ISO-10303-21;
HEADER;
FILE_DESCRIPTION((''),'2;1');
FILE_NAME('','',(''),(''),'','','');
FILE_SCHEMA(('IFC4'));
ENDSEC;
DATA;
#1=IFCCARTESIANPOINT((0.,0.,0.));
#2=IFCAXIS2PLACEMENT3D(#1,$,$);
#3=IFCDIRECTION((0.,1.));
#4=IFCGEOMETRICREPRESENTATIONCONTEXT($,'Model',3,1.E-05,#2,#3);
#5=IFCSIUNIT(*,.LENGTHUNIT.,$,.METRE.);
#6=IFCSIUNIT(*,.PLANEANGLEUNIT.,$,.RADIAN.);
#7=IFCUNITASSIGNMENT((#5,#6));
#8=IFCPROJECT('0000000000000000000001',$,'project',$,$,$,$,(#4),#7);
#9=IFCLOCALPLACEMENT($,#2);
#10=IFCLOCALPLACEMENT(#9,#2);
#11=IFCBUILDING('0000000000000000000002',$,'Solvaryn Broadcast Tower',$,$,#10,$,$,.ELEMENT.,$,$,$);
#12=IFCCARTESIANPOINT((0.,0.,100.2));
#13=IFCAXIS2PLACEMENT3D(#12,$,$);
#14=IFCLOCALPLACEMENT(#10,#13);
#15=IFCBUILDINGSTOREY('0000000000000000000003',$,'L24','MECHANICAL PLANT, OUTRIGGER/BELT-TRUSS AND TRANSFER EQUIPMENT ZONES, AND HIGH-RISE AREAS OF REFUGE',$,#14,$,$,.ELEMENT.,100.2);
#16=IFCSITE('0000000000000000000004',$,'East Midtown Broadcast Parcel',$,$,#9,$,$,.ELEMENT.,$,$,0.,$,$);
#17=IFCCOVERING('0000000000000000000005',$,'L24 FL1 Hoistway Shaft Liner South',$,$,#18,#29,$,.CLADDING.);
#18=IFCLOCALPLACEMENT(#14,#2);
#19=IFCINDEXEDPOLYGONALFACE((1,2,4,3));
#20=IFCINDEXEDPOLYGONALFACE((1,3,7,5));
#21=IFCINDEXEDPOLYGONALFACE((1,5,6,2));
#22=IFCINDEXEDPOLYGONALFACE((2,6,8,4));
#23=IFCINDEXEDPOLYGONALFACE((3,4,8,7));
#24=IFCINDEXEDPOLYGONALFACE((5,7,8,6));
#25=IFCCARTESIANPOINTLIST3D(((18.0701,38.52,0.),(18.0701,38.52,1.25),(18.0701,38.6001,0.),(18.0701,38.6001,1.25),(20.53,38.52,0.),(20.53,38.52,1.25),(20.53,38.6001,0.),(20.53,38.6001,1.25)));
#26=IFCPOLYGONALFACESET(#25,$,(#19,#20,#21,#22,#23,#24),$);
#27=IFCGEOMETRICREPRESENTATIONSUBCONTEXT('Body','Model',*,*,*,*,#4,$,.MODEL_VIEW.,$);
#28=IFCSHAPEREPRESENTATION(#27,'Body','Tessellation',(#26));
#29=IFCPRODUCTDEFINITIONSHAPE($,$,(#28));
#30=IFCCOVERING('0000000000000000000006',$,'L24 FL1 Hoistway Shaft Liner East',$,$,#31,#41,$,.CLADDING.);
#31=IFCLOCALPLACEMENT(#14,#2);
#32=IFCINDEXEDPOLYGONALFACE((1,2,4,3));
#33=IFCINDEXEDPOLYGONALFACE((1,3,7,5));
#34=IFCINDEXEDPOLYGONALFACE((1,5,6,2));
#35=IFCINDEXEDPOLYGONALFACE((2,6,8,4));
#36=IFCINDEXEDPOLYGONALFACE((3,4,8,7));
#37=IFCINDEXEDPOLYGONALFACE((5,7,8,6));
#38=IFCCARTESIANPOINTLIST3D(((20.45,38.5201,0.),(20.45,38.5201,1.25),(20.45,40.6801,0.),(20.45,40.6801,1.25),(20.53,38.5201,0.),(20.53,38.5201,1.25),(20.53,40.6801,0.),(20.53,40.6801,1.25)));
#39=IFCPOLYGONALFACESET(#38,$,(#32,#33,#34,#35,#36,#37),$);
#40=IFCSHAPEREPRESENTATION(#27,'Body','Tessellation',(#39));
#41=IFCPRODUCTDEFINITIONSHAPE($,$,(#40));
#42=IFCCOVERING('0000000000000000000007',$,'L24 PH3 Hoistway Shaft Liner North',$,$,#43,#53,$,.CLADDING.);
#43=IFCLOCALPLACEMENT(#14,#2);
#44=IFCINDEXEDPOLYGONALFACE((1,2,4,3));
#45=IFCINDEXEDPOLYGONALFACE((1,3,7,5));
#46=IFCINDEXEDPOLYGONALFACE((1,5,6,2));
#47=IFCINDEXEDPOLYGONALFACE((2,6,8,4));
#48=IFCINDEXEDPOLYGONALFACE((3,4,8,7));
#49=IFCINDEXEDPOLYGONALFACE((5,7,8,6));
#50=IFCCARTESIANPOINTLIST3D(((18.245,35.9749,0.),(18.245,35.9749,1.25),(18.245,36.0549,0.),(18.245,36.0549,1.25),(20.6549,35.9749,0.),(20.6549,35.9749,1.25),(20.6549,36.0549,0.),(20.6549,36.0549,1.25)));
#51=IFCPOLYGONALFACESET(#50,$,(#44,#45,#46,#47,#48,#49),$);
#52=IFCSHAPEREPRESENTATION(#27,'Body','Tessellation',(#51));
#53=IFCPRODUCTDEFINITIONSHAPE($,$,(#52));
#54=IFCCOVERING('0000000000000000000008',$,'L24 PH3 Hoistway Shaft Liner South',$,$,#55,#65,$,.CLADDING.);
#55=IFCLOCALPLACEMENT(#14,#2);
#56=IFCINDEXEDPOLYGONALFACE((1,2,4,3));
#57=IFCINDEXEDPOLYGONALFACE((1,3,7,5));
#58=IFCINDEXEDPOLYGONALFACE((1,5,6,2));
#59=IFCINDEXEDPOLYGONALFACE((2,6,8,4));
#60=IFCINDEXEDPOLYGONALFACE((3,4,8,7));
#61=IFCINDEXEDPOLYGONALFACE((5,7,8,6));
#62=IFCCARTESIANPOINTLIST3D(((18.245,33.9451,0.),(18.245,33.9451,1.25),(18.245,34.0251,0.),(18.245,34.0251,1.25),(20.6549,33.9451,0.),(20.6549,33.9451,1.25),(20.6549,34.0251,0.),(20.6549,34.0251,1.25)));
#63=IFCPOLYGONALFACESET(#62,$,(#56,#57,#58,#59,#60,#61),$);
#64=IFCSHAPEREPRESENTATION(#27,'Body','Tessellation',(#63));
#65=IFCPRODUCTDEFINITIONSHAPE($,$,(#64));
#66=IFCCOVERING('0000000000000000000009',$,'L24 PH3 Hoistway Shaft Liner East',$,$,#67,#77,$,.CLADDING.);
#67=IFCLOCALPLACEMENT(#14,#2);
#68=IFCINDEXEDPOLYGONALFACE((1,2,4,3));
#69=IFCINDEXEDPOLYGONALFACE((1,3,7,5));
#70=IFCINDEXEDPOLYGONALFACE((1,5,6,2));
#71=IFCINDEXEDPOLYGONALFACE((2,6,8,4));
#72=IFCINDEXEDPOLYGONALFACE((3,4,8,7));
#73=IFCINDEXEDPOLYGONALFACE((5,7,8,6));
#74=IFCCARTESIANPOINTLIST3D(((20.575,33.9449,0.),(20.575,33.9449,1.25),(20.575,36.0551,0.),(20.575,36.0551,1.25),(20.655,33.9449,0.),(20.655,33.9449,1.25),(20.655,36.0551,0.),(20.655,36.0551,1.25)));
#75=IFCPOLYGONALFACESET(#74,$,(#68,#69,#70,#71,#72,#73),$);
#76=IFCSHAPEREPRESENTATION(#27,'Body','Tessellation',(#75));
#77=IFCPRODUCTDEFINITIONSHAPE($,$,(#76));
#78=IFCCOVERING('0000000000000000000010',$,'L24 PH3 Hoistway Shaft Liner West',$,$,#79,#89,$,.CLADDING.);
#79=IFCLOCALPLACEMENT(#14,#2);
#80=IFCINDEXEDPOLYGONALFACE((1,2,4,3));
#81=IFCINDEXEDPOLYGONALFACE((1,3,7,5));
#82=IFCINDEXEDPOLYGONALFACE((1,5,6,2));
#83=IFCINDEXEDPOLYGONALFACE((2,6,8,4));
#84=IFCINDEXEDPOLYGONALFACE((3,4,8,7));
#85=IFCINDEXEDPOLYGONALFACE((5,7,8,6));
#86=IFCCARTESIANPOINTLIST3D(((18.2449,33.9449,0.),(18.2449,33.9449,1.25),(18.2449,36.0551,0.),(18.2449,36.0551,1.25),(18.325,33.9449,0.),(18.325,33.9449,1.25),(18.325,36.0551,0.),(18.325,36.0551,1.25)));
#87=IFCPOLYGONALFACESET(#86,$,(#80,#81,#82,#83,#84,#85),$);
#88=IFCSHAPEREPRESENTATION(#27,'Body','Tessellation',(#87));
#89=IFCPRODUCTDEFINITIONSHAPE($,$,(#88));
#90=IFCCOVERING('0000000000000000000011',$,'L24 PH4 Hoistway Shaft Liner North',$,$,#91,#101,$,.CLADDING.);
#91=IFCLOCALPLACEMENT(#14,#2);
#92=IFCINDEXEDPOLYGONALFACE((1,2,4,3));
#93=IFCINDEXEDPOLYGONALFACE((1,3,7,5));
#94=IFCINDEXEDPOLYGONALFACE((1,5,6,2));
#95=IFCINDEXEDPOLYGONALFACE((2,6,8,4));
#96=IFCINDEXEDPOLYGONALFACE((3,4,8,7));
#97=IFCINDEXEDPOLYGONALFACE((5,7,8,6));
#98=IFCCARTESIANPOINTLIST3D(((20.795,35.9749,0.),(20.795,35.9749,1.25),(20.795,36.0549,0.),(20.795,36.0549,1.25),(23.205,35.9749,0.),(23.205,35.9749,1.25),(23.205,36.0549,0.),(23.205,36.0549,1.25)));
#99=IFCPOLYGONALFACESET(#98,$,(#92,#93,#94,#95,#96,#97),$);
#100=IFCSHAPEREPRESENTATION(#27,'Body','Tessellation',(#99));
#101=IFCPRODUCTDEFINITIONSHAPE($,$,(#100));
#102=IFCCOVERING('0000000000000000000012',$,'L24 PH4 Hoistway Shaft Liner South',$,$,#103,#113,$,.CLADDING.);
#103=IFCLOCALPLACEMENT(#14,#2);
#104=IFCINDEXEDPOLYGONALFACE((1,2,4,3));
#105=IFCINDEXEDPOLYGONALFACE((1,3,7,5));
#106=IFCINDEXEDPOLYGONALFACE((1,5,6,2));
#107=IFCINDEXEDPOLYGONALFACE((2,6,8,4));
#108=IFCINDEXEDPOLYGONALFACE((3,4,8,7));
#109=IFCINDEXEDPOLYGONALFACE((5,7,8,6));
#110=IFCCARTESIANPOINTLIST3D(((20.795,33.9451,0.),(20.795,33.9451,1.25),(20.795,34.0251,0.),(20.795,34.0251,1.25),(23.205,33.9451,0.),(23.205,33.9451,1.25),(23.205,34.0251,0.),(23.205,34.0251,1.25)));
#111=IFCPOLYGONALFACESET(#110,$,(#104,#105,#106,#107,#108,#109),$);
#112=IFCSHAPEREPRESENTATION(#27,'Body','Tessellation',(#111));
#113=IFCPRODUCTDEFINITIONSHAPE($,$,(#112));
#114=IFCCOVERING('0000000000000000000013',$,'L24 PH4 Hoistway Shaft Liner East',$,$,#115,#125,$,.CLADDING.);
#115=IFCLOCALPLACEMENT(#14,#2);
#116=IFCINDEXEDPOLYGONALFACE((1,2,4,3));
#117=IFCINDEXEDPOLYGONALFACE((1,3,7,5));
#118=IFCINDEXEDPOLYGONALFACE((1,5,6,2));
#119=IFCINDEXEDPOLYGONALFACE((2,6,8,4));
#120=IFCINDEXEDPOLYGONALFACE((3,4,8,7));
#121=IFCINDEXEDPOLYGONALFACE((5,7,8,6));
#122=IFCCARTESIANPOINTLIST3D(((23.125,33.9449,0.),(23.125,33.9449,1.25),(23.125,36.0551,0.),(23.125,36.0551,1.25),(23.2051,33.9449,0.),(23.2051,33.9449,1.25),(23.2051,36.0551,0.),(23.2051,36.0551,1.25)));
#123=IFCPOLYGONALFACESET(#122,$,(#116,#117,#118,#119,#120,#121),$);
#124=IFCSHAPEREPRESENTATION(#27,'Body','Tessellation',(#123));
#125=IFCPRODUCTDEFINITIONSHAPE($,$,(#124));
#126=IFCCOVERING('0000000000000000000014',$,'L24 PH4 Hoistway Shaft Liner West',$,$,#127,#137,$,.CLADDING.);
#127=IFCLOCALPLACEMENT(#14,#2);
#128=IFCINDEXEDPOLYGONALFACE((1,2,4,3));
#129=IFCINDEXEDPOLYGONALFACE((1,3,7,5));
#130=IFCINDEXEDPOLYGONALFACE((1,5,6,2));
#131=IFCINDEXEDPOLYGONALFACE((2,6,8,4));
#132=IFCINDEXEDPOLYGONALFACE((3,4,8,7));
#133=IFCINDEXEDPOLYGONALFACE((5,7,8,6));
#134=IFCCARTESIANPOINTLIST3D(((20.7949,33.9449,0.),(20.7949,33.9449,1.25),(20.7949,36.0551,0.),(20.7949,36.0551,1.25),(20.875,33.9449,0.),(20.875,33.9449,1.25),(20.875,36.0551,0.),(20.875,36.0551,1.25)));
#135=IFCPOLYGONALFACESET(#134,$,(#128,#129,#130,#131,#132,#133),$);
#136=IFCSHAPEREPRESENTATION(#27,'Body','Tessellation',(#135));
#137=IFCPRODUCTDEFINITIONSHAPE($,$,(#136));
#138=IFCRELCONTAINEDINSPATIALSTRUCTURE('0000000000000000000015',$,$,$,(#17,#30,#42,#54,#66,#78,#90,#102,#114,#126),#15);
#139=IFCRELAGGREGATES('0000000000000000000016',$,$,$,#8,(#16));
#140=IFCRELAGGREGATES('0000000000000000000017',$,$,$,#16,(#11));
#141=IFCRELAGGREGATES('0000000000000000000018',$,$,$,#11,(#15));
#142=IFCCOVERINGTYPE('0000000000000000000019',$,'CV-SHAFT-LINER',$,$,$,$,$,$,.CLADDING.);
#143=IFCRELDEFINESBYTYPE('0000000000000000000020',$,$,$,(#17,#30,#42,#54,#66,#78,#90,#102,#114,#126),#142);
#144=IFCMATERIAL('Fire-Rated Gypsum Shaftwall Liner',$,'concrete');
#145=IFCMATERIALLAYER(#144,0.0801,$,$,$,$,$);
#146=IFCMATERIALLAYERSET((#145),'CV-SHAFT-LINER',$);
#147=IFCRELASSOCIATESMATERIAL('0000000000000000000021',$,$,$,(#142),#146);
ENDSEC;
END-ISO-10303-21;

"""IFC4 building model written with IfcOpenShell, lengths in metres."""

from ifc_helpers import new_model, si_unit, direction, frame, origin, origin_2d, place, context, subcontext, project, spatial, rectangle, extrude, material, layer, layer_set, type_object, element, save


model = new_model("IFC4")

# Units and contexts
model_context = context("Model", 3, precision=1e-05, world=origin(), true_north=direction((0.0, 1.0)))
body_context = subcontext(model_context, "Body", "Model", "MODEL_VIEW")
ifc_project = project(units=[si_unit("LENGTHUNIT", "METRE"), si_unit("PLANEANGLEUNIT", "RADIAN")], contexts=[model_context])

# Site, building, storey
site_placement = place(None, origin())
site = spatial("IfcSite", under=ifc_project, at=site_placement, Name="East Midtown Broadcast Parcel", CompositionType="ELEMENT", RefElevation=0.0)
building_placement = place(site_placement, origin())
building = spatial("IfcBuilding", under=site, at=building_placement, Name="Solvaryn Broadcast Tower", CompositionType="ELEMENT")
storey_placement = place(building_placement, frame((0.0, 0.0, 100.2)))
storey = spatial("IfcBuildingStorey", under=building, at=storey_placement, Name="L24", Description="MECHANICAL PLANT, OUTRIGGER/BELT-TRUSS AND TRANSFER EQUIPMENT ZONES, AND HIGH-RISE AREAS OF REFUGE", CompositionType="ELEMENT", Elevation=100.2)

# Coverings
ifc_material_1 = material(Name="Fire-Rated Gypsum Shaftwall Liner", Category="concrete")
ifc_layer_1 = layer(ifc_material_1, 0.0801)
ifc_layer_set_1 = layer_set([ifc_layer_1], Name="CV-SHAFT-LINER")
covering_type = type_object("IfcCoveringType", Name="CV-SHAFT-LINER", PredefinedType="CLADDING", material=ifc_layer_set_1)
for number, where, z_axis, x_axis, name in (
    (1, (19.3, 38.5601, 0.0), (0.0, 0.0, 1.0), (1.0, 0.0, 0.0), "L24 FL1 Hoistway Shaft Liner South"),
):
    element("IfcCovering", number, at=place(storey_placement, frame(where, z_axis=z_axis, x_axis=x_axis)), inside=storey, type_object=covering_type, Name=name, PredefinedType="CLADDING", context=body_context, shape_type="SweptSolid", body=[
        extrude(rectangle(XDim=2.46, YDim=0.0801, at=origin_2d()), origin(), (0.0, 0.0, 1.0), 1.25),
    ])
covering_placement = place(storey_placement, frame((20.49, 39.6001, 0.0), z_axis=(0.0, 0.0, 1.0), x_axis=(1.0, 0.0, 0.0)))
element("IfcCovering", 2, at=covering_placement, inside=storey, type_object=covering_type, Name="L24 FL1 Hoistway Shaft Liner East", PredefinedType="CLADDING", context=body_context, shape_type="SweptSolid", body=[
    extrude(rectangle(XDim=0.0801, YDim=2.1599, at=origin_2d()), origin(), (0.0, 0.0, 1.0), 1.25),
])
for number, where, z_axis, x_axis, name in (
    (3, (19.45, 36.0149, 0.0), (0.0, 0.0, 1.0), (1.0, 0.0, 0.0), "L24 PH3 Hoistway Shaft Liner North"),
    (4, (19.45, 33.9851, 0.0), (0.0, 0.0, 1.0), (1.0, 0.0, 0.0), "L24 PH3 Hoistway Shaft Liner South"),
):
    element("IfcCovering", number, at=place(storey_placement, frame(where, z_axis=z_axis, x_axis=x_axis)), inside=storey, type_object=covering_type, Name=name, PredefinedType="CLADDING", context=body_context, shape_type="SweptSolid", body=[
        extrude(rectangle(XDim=2.4099, YDim=0.0801, at=origin_2d()), origin(), (0.0, 0.0, 1.0), 1.25),
    ])
for number, where, z_axis, x_axis, name in (
    (5, (20.615, 35.0, 0.0), (0.0, 0.0, 1.0), (1.0, 0.0, 0.0), "L24 PH3 Hoistway Shaft Liner East"),
    (6, (18.2849, 35.0, 0.0), (0.0, 0.0, 1.0), (1.0, 0.0, 0.0), "L24 PH3 Hoistway Shaft Liner West"),
):
    element("IfcCovering", number, at=place(storey_placement, frame(where, z_axis=z_axis, x_axis=x_axis)), inside=storey, type_object=covering_type, Name=name, PredefinedType="CLADDING", context=body_context, shape_type="SweptSolid", body=[
        extrude(rectangle(XDim=0.0801, YDim=2.1101, at=origin_2d()), origin(), (0.0, 0.0, 1.0), 1.25),
    ])
for number, where, z_axis, x_axis, name in (
    (7, (22.0, 36.0149, 0.0), (0.0, 0.0, 1.0), (1.0, 0.0, 0.0), "L24 PH4 Hoistway Shaft Liner North"),
    (8, (22.0, 33.9851, 0.0), (0.0, 0.0, 1.0), (1.0, 0.0, 0.0), "L24 PH4 Hoistway Shaft Liner South"),
):
    element("IfcCovering", number, at=place(storey_placement, frame(where, z_axis=z_axis, x_axis=x_axis)), inside=storey, type_object=covering_type, Name=name, PredefinedType="CLADDING", context=body_context, shape_type="SweptSolid", body=[
        extrude(rectangle(XDim=2.4099, YDim=0.0801, at=origin_2d()), origin(), (0.0, 0.0, 1.0), 1.25),
    ])
for number, where, z_axis, x_axis, name in (
    (9, (23.165, 35.0, 0.0), (0.0, 0.0, 1.0), (1.0, 0.0, 0.0), "L24 PH4 Hoistway Shaft Liner East"),
    (10, (20.835, 35.0, 0.0), (0.0, 0.0, 1.0), (1.0, 0.0, 0.0), "L24 PH4 Hoistway Shaft Liner West"),
):
    element("IfcCovering", number, at=place(storey_placement, frame(where, z_axis=z_axis, x_axis=x_axis)), inside=storey, type_object=covering_type, Name=name, PredefinedType="CLADDING", context=body_context, shape_type="SweptSolid", body=[
        extrude(rectangle(XDim=0.0801, YDim=2.1101, at=origin_2d()), origin(), (0.0, 0.0, 1.0), 1.25),
    ])

save(model, "model.ifc")
